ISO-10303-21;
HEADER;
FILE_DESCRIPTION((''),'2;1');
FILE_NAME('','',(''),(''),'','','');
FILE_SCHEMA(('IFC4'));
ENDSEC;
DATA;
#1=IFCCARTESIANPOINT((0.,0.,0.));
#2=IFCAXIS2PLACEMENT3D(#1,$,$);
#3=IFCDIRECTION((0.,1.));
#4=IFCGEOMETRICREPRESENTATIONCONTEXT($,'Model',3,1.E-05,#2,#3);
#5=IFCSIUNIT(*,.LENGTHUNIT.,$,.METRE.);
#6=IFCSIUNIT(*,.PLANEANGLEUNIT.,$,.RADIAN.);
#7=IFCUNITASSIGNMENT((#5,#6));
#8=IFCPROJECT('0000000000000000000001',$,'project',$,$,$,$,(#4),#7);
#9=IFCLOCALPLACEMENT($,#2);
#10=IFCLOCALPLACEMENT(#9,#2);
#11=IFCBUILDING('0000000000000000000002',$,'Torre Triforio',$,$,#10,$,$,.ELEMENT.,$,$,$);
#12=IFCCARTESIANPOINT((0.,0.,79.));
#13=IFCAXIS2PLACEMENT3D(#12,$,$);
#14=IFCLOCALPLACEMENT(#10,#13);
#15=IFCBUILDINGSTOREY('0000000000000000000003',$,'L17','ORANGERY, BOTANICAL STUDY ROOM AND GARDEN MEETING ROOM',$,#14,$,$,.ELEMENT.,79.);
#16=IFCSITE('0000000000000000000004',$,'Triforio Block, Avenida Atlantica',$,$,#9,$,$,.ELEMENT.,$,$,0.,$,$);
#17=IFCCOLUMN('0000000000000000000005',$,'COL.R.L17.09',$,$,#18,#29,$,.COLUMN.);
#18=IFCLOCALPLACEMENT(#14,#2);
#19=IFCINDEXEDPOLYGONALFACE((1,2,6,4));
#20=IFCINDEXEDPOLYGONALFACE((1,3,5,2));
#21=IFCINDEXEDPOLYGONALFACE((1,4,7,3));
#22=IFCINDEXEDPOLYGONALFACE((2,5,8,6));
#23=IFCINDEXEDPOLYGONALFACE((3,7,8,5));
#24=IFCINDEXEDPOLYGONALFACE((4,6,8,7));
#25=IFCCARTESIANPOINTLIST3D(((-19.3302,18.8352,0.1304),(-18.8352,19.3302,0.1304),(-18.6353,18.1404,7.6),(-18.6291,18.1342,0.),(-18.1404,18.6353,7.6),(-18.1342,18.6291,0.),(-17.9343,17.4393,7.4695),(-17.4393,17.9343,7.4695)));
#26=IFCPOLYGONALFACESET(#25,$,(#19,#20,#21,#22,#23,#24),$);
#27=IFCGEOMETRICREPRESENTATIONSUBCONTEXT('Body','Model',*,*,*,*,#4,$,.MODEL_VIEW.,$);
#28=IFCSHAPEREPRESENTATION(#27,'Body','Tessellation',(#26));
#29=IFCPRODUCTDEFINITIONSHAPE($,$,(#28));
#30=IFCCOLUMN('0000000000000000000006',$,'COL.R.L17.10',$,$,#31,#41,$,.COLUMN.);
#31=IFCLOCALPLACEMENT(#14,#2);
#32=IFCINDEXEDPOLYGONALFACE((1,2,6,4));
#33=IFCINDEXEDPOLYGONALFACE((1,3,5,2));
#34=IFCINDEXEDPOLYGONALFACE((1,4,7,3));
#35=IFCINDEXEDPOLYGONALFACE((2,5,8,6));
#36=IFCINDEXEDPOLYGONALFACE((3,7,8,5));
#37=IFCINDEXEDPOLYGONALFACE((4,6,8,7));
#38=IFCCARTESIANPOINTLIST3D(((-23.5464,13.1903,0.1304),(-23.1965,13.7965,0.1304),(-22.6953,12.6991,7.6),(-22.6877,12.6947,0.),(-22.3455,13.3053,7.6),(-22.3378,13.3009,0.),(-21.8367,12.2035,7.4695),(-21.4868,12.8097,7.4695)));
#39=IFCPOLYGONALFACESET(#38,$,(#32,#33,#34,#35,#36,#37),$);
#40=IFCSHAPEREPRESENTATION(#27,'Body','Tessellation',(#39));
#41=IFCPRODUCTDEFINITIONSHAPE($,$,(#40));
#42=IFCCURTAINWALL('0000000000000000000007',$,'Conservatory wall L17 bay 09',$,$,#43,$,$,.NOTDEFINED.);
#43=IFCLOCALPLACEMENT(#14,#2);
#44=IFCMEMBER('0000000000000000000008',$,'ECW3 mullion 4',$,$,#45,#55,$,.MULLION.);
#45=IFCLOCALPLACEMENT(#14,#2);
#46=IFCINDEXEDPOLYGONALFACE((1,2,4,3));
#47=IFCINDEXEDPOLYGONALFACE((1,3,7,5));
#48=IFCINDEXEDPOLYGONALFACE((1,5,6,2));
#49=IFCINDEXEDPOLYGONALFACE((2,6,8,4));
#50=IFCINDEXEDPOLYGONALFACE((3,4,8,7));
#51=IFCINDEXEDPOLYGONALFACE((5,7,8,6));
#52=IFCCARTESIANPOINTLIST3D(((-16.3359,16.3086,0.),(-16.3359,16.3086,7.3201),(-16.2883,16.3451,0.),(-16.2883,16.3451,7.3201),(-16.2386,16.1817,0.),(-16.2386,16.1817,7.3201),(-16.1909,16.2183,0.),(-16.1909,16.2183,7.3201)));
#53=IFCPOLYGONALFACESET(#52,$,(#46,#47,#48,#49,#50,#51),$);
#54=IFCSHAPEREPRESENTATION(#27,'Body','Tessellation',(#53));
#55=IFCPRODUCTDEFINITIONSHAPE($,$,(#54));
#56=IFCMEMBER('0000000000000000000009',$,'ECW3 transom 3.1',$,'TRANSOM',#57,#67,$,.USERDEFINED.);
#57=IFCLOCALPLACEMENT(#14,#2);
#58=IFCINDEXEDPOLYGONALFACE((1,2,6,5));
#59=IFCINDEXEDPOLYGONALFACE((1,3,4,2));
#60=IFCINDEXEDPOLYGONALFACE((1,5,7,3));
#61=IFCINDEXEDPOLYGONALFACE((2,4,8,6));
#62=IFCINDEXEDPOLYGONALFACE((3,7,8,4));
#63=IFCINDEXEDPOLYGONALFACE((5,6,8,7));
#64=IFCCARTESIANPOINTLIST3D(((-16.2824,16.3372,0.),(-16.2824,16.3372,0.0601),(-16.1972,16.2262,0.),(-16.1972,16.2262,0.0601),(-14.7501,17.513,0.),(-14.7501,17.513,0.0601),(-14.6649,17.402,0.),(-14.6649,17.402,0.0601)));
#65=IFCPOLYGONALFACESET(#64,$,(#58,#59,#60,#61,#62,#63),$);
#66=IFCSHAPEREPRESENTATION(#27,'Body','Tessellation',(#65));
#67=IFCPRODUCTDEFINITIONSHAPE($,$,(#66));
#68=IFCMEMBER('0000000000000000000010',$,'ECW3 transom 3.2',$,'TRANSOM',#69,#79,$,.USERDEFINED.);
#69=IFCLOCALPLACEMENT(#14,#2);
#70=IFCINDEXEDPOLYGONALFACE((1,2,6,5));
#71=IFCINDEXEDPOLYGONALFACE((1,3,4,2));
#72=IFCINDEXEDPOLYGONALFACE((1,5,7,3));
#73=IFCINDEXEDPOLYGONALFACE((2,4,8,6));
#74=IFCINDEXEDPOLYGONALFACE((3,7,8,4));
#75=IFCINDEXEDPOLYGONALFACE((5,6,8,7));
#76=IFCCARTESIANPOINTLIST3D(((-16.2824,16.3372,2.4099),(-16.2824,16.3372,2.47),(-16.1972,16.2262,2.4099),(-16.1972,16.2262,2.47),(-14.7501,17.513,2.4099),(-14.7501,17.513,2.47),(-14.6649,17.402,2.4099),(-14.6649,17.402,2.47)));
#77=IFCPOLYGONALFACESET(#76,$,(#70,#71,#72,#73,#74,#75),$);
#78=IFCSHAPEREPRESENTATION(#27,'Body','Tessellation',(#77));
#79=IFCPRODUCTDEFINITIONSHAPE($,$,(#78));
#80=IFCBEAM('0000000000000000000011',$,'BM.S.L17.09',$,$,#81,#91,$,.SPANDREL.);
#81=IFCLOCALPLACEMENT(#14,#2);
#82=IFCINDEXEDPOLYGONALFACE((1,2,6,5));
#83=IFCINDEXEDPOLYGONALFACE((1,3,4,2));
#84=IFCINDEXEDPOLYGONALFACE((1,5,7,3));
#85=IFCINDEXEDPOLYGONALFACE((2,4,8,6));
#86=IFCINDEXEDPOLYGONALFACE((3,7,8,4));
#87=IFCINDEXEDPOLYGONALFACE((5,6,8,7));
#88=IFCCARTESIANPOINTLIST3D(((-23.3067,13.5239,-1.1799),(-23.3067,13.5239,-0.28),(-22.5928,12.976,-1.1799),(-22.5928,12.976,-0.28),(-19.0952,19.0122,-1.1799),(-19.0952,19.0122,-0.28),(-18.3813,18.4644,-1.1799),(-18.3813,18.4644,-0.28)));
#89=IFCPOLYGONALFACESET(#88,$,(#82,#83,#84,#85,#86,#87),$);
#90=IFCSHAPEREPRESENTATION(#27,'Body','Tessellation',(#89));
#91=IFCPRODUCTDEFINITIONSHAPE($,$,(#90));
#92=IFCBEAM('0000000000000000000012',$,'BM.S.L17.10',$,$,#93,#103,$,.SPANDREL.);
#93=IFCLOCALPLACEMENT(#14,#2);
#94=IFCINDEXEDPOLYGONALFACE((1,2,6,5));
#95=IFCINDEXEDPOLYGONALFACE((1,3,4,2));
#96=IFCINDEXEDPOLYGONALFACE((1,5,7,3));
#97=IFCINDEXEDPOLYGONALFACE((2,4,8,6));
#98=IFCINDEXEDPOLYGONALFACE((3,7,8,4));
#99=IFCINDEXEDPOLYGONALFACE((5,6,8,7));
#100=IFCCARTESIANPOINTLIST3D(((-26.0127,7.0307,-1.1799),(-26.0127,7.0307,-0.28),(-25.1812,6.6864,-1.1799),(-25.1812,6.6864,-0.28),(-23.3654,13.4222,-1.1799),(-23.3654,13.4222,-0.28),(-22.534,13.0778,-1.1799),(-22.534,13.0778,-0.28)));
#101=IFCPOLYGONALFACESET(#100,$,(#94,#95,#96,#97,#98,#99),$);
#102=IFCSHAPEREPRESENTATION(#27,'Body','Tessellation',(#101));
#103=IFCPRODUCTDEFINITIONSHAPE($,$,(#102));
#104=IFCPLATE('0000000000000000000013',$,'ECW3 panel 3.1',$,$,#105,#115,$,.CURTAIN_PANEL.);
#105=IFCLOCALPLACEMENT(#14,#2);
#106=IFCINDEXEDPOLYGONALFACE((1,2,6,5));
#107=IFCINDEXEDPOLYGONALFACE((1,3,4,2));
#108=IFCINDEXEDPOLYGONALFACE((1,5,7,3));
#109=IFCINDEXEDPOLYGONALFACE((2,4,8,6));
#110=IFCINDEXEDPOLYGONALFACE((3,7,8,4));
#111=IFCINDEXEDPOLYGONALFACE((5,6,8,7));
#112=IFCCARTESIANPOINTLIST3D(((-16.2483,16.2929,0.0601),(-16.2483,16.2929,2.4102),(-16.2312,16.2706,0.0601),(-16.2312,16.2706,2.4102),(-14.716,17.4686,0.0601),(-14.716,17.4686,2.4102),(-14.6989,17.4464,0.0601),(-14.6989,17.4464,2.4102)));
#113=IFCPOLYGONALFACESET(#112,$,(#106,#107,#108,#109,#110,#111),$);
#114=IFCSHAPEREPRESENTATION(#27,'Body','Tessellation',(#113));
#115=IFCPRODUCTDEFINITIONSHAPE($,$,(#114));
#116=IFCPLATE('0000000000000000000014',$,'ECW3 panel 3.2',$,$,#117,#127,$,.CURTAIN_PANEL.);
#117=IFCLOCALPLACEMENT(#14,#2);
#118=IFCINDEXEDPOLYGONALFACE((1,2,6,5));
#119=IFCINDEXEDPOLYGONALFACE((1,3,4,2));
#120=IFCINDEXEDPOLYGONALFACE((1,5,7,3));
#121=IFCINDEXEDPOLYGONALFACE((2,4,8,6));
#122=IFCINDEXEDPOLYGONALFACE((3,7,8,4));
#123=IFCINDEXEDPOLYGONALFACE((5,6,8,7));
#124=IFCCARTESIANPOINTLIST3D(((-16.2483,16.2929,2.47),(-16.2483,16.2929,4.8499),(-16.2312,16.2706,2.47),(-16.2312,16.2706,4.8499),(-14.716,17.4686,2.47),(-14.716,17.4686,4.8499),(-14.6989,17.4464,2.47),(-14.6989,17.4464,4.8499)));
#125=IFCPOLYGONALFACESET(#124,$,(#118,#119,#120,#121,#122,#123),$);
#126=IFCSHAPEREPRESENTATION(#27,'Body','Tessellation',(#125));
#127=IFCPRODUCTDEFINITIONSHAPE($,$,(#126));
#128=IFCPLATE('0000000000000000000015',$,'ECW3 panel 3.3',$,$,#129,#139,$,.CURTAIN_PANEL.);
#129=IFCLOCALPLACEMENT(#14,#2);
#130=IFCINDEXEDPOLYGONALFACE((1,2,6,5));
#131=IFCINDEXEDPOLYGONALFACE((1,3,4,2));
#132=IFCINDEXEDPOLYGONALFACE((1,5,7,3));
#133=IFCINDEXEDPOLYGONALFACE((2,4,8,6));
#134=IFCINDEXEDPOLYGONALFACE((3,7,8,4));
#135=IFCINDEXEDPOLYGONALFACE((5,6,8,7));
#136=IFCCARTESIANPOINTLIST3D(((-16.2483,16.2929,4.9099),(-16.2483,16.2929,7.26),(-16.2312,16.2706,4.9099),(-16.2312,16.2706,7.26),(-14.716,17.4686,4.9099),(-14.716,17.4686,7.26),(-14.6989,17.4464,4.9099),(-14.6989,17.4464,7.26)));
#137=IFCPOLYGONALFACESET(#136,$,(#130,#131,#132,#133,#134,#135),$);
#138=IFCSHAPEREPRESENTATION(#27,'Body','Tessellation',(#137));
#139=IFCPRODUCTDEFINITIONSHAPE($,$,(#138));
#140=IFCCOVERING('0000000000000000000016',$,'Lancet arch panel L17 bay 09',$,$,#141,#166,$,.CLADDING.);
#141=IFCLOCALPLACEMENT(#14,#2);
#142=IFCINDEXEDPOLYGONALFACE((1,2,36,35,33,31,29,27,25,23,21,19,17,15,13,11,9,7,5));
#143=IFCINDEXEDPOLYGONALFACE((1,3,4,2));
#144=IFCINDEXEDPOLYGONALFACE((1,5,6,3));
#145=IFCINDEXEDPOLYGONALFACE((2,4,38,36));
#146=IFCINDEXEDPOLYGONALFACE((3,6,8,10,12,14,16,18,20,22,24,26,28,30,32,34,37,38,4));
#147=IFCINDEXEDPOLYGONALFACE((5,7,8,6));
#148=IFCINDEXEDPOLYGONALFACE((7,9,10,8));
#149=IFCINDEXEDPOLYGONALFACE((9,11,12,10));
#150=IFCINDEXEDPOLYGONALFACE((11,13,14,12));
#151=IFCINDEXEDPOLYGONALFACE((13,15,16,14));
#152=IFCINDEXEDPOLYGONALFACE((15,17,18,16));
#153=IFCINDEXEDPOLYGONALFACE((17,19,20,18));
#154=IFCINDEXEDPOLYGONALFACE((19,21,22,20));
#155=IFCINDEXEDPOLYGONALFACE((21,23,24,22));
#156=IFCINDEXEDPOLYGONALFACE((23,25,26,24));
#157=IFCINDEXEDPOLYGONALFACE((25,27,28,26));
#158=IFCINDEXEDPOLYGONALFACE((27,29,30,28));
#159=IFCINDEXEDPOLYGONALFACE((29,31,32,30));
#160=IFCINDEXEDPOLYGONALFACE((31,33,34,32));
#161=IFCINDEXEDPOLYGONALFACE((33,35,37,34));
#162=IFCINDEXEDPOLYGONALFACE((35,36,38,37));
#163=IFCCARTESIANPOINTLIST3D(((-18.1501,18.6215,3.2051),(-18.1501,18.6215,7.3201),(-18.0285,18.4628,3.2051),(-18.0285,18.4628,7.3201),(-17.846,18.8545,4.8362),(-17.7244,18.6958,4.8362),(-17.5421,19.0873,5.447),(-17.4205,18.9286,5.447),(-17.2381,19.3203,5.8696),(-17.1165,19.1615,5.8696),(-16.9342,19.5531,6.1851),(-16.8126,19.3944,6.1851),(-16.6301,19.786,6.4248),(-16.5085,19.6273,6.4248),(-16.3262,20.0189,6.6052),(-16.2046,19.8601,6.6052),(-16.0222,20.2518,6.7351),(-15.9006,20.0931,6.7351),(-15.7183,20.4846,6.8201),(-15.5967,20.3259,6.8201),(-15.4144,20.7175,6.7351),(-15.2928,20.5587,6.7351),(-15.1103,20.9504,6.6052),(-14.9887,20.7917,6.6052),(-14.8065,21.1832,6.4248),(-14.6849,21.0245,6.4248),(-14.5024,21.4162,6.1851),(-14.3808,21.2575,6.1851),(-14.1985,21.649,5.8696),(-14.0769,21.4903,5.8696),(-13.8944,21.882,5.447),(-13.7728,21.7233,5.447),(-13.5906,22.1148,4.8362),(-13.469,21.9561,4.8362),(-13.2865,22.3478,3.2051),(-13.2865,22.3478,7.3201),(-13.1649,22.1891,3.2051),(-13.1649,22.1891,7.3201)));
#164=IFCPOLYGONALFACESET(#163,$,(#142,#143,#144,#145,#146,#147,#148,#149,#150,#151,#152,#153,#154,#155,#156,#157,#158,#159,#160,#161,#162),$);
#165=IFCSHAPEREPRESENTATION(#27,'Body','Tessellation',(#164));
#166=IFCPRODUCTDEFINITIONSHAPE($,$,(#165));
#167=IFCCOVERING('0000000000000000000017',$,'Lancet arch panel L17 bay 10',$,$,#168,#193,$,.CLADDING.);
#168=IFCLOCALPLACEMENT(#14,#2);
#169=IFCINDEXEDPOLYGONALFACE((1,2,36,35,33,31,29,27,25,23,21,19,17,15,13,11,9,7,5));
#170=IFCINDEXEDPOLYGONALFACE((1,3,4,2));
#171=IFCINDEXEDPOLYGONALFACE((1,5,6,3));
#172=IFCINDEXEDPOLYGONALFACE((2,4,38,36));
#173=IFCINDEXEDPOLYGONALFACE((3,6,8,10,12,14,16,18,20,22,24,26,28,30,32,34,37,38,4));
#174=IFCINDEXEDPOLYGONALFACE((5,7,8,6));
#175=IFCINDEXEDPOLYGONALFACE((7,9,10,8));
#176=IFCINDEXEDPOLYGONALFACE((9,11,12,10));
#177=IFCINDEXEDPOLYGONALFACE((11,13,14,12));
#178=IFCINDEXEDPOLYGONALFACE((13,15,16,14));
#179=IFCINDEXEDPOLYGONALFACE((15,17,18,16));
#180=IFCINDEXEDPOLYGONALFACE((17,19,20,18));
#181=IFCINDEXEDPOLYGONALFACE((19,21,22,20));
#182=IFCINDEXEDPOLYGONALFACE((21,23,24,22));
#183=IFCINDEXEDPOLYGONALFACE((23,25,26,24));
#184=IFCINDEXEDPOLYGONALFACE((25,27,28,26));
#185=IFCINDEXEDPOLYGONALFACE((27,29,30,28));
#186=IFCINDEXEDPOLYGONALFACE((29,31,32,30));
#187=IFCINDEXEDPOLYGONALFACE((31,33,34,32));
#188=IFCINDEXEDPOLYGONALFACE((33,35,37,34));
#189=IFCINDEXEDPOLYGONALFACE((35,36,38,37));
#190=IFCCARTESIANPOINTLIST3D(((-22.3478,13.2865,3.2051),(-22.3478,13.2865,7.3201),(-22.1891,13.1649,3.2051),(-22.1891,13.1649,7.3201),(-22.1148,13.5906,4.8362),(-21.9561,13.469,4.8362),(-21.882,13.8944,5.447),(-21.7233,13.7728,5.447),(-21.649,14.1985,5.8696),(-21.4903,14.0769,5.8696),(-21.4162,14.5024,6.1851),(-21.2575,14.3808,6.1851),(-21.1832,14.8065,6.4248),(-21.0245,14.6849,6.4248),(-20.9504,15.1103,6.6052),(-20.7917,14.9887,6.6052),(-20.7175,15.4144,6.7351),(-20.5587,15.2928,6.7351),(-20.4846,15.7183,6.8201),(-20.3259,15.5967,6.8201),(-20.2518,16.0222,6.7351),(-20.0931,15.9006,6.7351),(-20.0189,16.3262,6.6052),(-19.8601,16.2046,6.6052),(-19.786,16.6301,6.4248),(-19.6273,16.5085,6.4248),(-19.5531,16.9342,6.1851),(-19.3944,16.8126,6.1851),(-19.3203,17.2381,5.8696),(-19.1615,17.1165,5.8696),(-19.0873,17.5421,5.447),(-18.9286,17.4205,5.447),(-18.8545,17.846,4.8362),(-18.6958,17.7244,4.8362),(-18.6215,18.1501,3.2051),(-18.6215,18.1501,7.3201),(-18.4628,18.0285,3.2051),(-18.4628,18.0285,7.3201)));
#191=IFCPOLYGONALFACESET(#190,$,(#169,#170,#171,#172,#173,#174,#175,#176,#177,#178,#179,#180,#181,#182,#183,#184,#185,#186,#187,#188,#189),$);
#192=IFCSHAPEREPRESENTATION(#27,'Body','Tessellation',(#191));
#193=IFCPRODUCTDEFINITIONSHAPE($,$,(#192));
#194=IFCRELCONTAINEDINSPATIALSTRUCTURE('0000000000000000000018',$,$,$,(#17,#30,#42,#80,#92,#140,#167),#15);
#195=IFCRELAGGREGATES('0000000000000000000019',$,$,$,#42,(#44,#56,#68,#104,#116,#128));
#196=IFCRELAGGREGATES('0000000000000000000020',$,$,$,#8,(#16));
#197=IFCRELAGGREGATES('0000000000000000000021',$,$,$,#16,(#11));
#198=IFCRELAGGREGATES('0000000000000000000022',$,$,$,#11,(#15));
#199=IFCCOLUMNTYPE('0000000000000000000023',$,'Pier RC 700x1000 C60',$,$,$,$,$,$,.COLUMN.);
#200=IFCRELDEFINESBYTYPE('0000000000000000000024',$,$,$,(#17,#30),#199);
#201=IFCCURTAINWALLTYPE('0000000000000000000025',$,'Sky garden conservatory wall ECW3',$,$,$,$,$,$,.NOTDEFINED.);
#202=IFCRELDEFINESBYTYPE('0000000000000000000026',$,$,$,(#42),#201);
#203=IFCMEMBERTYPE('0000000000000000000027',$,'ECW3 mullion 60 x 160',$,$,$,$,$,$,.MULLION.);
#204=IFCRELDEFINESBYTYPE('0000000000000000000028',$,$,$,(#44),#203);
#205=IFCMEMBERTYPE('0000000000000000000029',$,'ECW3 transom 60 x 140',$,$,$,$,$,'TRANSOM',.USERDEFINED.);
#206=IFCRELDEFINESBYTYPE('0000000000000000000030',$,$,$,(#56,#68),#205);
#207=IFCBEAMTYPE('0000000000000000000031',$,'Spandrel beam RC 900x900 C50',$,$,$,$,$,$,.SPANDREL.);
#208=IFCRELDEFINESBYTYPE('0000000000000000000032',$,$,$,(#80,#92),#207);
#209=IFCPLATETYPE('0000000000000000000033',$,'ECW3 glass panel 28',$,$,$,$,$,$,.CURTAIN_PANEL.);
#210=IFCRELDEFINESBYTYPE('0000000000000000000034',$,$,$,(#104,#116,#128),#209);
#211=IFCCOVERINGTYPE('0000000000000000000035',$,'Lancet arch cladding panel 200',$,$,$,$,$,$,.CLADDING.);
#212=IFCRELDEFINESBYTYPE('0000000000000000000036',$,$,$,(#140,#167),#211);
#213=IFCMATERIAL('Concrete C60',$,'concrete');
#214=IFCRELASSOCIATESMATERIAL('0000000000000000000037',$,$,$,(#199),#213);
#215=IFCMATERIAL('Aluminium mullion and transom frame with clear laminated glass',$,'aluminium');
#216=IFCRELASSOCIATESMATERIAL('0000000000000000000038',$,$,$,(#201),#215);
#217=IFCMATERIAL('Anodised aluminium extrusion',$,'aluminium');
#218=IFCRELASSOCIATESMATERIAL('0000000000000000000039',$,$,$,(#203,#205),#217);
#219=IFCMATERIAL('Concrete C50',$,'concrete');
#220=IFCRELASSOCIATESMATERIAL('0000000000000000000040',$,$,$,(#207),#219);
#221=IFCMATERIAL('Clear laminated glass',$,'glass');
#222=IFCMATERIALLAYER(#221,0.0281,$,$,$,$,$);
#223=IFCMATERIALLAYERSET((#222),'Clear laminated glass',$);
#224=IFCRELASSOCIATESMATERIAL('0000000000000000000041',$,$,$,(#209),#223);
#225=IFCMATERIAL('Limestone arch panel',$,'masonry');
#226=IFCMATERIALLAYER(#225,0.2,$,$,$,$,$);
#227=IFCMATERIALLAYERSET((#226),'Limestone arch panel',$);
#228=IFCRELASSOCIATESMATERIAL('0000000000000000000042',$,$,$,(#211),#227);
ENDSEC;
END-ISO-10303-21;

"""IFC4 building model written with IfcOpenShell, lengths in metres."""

from ifc_helpers import new_model, si_unit, direction, frame, origin, origin_2d, place, context, subcontext, project, spatial, polyline, rectangle, outline, extrude, material, layer, layer_set, material_profile, profile_set, type_object, element, aggregate, save


model = new_model("IFC4")

# Units and contexts
model_context = context("Model", 3, precision=1e-05, world=origin(), true_north=direction((0.0, 1.0)))
body_context = subcontext(model_context, "Body", "Model", "MODEL_VIEW")
ifc_project = project(units=[si_unit("LENGTHUNIT", "METRE"), si_unit("PLANEANGLEUNIT", "RADIAN")], contexts=[model_context])

# Site, building, storey
site_placement = place(None, origin())
site = spatial("IfcSite", under=ifc_project, at=site_placement, Name="Triforio Block, Avenida Atlantica", CompositionType="ELEMENT", RefElevation=0.0)
building_placement = place(site_placement, origin())
building = spatial("IfcBuilding", under=site, at=building_placement, Name="Torre Triforio", CompositionType="ELEMENT")
storey_placement = place(building_placement, frame((0.0, 0.0, 79.0)))
storey = spatial("IfcBuildingStorey", under=building, at=storey_placement, Name="L17", Description="ORANGERY, BOTANICAL STUDY ROOM AND GARDEN MEETING ROOM", CompositionType="ELEMENT", Elevation=79.0)

# Columns
ifc_material_1 = material(Name="Concrete C60", Category="concrete")
ifc_material_profile_1 = material_profile(ifc_material_1, rectangle(XDim=0.7, YDim=1.0, at=origin_2d()), Name="RC 700x1000")
ifc_profile_set_1 = profile_set([ifc_material_profile_1], Name="Concrete C60")
column_type = type_object("IfcColumnType", Name="Pier RC 700x1000 C60", PredefinedType="COLUMN", material=ifc_profile_set_1)
for number, where, z_axis, x_axis, name in (
    (1, (-18.7322, 18.7322, 0.0652), (0.092227, -0.092227, 0.991458), (0.707107, 0.707107, 0.0), "COL.R.L17.09"),
    (2, (-22.9421, 13.2456, 0.0652), (0.112967, -0.065201, 0.991457), (0.49988, 0.866095, 0.0), "COL.R.L17.10"),
):
    element("IfcColumn", number, at=place(storey_placement, frame(where, z_axis=z_axis, x_axis=x_axis)), inside=storey, type_object=column_type, Name=name, PredefinedType="COLUMN", context=body_context, shape_type="SweptSolid", body=[
        extrude(rectangle(XDim=0.7, YDim=1.0, at=origin_2d()), origin(), (0.0, 0.0, 1.0), 7.5339),
    ])

# Curtain wall, members
ifc_material_2 = material(Name="Aluminium mullion and transom frame with clear laminated glass", Category="aluminium")
curtain_wall_type = type_object("IfcCurtainWallType", Name="Sky garden conservatory wall ECW3", PredefinedType="NOTDEFINED", material=ifc_material_2)
curtain_wall_placement = place(storey_placement, origin())
curtain_wall = element("IfcCurtainWall", 3, at=curtain_wall_placement, inside=storey, type_object=curtain_wall_type, Name="Conservatory wall L17 bay 09", PredefinedType="NOTDEFINED")
ifc_material_3 = material(Name="Anodised aluminium extrusion", Category="aluminium")
ifc_material_profile_2 = material_profile(ifc_material_3, rectangle(XDim=0.1599, YDim=0.0601, at=origin_2d()), Name="ECW3 MULLION 60x160")
ifc_profile_set_2 = profile_set([ifc_material_profile_2], Name="Anodised aluminium extrusion")
member_type_1 = type_object("IfcMemberType", Name="ECW3 mullion 60 x 160", PredefinedType="MULLION", material=ifc_profile_set_2)
member_1_placement = place(storey_placement, frame((-16.2634, 16.2634, 0.0), z_axis=(0.0, 0.0, 1.0), x_axis=(0.608752, -0.79336, 0.0)))
member_1 = element("IfcMember", 4, at=member_1_placement, type_object=member_type_1, Name="ECW3 mullion 4", PredefinedType="MULLION", context=body_context, shape_type="SweptSolid", body=[
    extrude(rectangle(XDim=0.1599, YDim=0.0601, at=origin_2d()), origin(), (0.0, 0.0, 1.0), 7.3201),
])
ifc_material_profile_3 = material_profile(ifc_material_3, rectangle(XDim=0.1399, YDim=0.0601, at=origin_2d()), Name="ECW3 TRANSOM 60x140")
ifc_profile_set_3 = profile_set([ifc_material_profile_3], Name="Anodised aluminium extrusion")
member_type_2 = type_object("IfcMemberType", Name="ECW3 transom 60 x 140", ElementType="TRANSOM", PredefinedType="USERDEFINED", material=ifc_profile_set_3)
member_2_placement = place(storey_placement, frame((-14.7075, 17.4575, 0.03), z_axis=(-0.793338, -0.608782, 0.0), x_axis=(0.608782, -0.793338, 0.0)))
member_2 = element("IfcMember", 5, at=member_2_placement, type_object=member_type_2, Name="ECW3 transom 3.1", ObjectType="TRANSOM", PredefinedType="USERDEFINED", context=body_context, shape_type="SweptSolid", body=[
    extrude(rectangle(XDim=0.1399, YDim=0.0601, at=origin_2d()), origin(), (0.0, 0.0, 1.0), 1.9314),
])
member_3_placement = place(storey_placement, frame((-14.7075, 17.4575, 2.4399), z_axis=(-0.793338, -0.608782, 0.0), x_axis=(0.608782, -0.793338, 0.0)))
member_3 = element("IfcMember", 6, at=member_3_placement, type_object=member_type_2, Name="ECW3 transom 3.2", ObjectType="TRANSOM", PredefinedType="USERDEFINED", context=body_context, shape_type="SweptSolid", body=[
    extrude(rectangle(XDim=0.1399, YDim=0.0601, at=origin_2d()), origin(), (0.0, 0.0, 1.0), 1.9314),
])

# Beams
ifc_material_4 = material(Name="Concrete C50", Category="concrete")
ifc_material_profile_4 = material_profile(ifc_material_4, rectangle(XDim=0.8999, YDim=0.8999, at=origin_2d()), Name="RC 900x900")
ifc_profile_set_4 = profile_set([ifc_material_profile_4], Name="Concrete C50")
beam_type = type_object("IfcBeamType", Name="Spandrel beam RC 900x900 C50", PredefinedType="SPANDREL", material=ifc_profile_set_4)
for number, where, z_axis, x_axis, name in (
    (7, (-18.7383, 18.7383, -0.73), (-0.608772, -0.793345, 0.0), (0.793345, -0.608772, 0.0), "BM.S.L17.09"),
    (8, (-22.9497, 13.25, -0.73), (-0.382662, -0.923888, 0.0), (0.923888, -0.382662, 0.0), "BM.S.L17.10"),
):
    element("IfcBeam", number, at=place(storey_placement, frame(where, z_axis=z_axis, x_axis=x_axis)), inside=storey, type_object=beam_type, Name=name, PredefinedType="SPANDREL", context=body_context, shape_type="SweptSolid", body=[
        extrude(rectangle(XDim=0.8999, YDim=0.8999, at=origin_2d()), origin(), (0.0, 0.0, 1.0), 6.918),
    ])

# Plates
ifc_material_5 = material(Name="Clear laminated glass", Category="glass")
ifc_layer_1 = layer(ifc_material_5, 0.0281)
ifc_layer_set_1 = layer_set([ifc_layer_1], Name="Clear laminated glass")
plate_type = type_object("IfcPlateType", Name="ECW3 glass panel 28", PredefinedType="CURTAIN_PANEL", material=ifc_layer_set_1)
plate_1_placement = place(storey_placement, frame((-15.4736, 16.8696, 0.0601), z_axis=(0.0, 0.0, 1.0), x_axis=(-0.79336, -0.608752, 0.0)))
plate_1 = element("IfcPlate", 9, at=plate_1_placement, type_object=plate_type, Name="ECW3 panel 3.1", PredefinedType="CURTAIN_PANEL", context=body_context, shape_type="SweptSolid", body=[
    extrude(rectangle(XDim=1.9314, YDim=0.0281, at=origin_2d()), origin(), (0.0, 0.0, 1.0), 2.3501),
])
plate_2_placement = place(storey_placement, frame((-15.4736, 16.8696, 2.47), z_axis=(0.0, 0.0, 1.0), x_axis=(-0.79336, -0.608752, 0.0)))
plate_2 = element("IfcPlate", 10, at=plate_2_placement, type_object=plate_type, Name="ECW3 panel 3.2", PredefinedType="CURTAIN_PANEL", context=body_context, shape_type="SweptSolid", body=[
    extrude(rectangle(XDim=1.9314, YDim=0.0281, at=origin_2d()), origin(), (0.0, 0.0, 1.0), 2.3799),
])
plate_3_placement = place(storey_placement, frame((-15.4736, 16.8696, 4.9099), z_axis=(0.0, 0.0, 1.0), x_axis=(-0.79336, -0.608752, 0.0)))
plate_3 = element("IfcPlate", 11, at=plate_3_placement, type_object=plate_type, Name="ECW3 panel 3.3", PredefinedType="CURTAIN_PANEL", context=body_context, shape_type="SweptSolid", body=[
    extrude(rectangle(XDim=1.9314, YDim=0.0281, at=origin_2d()), origin(), (0.0, 0.0, 1.0), 2.3501),
])
aggregate(curtain_wall, [member_1, member_2, member_3, plate_1, plate_2, plate_3])

# Coverings
ifc_material_6 = material(Name="Limestone arch panel", Category="masonry")
ifc_layer_2 = layer(ifc_material_6, 0.2)
ifc_layer_set_2 = layer_set([ifc_layer_2], Name="Limestone arch panel")
covering_type_1 = type_object("IfcCoveringType", Name="Lancet arch cladding panel 200", PredefinedType="CLADDING", material=ifc_layer_set_2)
for number, where, z_axis, x_axis, name in (
    (12, (-15.5967, 20.3259, 0.0), (-0.608175, 0.793803, 0.0), (-0.793803, -0.608175, 0.0), "Lancet arch panel L17 bay 09"),
    (13, (-20.3259, 15.5967, 0.0), (-0.793803, 0.608175, 0.0), (-0.608175, -0.793803, 0.0), "Lancet arch panel L17 bay 10"),
):
    element("IfcCovering", number, at=place(storey_placement, frame(where, z_axis=z_axis, x_axis=x_axis)), inside=storey, type_object=covering_type_1, Name=name, PredefinedType="CLADDING", context=body_context, shape_type="SweptSolid", body=[
        extrude(outline(polyline([(-3.0635, 7.3201), (-3.0635, 3.2051), (-2.6804, 4.8362), (-2.2976, 5.447), (-1.9146, 5.8696), (-1.5317, 6.1851), (-1.1487, 6.4248), (-0.7659, 6.6052), (-0.3828, 6.7351), (0.0, 6.8201), (0.3828, 6.7351), (0.7659, 6.6052), (1.1487, 6.4248), (1.5317, 6.1851), (1.9146, 5.8696), (2.2976, 5.447), (2.6804, 4.8362), (3.0635, 3.2051), (3.0635, 7.3201), (-3.0635, 7.3201)])), origin(), (0.0, 0.0, 1.0), 0.2),
    ])

save(model, "model.ifc")
